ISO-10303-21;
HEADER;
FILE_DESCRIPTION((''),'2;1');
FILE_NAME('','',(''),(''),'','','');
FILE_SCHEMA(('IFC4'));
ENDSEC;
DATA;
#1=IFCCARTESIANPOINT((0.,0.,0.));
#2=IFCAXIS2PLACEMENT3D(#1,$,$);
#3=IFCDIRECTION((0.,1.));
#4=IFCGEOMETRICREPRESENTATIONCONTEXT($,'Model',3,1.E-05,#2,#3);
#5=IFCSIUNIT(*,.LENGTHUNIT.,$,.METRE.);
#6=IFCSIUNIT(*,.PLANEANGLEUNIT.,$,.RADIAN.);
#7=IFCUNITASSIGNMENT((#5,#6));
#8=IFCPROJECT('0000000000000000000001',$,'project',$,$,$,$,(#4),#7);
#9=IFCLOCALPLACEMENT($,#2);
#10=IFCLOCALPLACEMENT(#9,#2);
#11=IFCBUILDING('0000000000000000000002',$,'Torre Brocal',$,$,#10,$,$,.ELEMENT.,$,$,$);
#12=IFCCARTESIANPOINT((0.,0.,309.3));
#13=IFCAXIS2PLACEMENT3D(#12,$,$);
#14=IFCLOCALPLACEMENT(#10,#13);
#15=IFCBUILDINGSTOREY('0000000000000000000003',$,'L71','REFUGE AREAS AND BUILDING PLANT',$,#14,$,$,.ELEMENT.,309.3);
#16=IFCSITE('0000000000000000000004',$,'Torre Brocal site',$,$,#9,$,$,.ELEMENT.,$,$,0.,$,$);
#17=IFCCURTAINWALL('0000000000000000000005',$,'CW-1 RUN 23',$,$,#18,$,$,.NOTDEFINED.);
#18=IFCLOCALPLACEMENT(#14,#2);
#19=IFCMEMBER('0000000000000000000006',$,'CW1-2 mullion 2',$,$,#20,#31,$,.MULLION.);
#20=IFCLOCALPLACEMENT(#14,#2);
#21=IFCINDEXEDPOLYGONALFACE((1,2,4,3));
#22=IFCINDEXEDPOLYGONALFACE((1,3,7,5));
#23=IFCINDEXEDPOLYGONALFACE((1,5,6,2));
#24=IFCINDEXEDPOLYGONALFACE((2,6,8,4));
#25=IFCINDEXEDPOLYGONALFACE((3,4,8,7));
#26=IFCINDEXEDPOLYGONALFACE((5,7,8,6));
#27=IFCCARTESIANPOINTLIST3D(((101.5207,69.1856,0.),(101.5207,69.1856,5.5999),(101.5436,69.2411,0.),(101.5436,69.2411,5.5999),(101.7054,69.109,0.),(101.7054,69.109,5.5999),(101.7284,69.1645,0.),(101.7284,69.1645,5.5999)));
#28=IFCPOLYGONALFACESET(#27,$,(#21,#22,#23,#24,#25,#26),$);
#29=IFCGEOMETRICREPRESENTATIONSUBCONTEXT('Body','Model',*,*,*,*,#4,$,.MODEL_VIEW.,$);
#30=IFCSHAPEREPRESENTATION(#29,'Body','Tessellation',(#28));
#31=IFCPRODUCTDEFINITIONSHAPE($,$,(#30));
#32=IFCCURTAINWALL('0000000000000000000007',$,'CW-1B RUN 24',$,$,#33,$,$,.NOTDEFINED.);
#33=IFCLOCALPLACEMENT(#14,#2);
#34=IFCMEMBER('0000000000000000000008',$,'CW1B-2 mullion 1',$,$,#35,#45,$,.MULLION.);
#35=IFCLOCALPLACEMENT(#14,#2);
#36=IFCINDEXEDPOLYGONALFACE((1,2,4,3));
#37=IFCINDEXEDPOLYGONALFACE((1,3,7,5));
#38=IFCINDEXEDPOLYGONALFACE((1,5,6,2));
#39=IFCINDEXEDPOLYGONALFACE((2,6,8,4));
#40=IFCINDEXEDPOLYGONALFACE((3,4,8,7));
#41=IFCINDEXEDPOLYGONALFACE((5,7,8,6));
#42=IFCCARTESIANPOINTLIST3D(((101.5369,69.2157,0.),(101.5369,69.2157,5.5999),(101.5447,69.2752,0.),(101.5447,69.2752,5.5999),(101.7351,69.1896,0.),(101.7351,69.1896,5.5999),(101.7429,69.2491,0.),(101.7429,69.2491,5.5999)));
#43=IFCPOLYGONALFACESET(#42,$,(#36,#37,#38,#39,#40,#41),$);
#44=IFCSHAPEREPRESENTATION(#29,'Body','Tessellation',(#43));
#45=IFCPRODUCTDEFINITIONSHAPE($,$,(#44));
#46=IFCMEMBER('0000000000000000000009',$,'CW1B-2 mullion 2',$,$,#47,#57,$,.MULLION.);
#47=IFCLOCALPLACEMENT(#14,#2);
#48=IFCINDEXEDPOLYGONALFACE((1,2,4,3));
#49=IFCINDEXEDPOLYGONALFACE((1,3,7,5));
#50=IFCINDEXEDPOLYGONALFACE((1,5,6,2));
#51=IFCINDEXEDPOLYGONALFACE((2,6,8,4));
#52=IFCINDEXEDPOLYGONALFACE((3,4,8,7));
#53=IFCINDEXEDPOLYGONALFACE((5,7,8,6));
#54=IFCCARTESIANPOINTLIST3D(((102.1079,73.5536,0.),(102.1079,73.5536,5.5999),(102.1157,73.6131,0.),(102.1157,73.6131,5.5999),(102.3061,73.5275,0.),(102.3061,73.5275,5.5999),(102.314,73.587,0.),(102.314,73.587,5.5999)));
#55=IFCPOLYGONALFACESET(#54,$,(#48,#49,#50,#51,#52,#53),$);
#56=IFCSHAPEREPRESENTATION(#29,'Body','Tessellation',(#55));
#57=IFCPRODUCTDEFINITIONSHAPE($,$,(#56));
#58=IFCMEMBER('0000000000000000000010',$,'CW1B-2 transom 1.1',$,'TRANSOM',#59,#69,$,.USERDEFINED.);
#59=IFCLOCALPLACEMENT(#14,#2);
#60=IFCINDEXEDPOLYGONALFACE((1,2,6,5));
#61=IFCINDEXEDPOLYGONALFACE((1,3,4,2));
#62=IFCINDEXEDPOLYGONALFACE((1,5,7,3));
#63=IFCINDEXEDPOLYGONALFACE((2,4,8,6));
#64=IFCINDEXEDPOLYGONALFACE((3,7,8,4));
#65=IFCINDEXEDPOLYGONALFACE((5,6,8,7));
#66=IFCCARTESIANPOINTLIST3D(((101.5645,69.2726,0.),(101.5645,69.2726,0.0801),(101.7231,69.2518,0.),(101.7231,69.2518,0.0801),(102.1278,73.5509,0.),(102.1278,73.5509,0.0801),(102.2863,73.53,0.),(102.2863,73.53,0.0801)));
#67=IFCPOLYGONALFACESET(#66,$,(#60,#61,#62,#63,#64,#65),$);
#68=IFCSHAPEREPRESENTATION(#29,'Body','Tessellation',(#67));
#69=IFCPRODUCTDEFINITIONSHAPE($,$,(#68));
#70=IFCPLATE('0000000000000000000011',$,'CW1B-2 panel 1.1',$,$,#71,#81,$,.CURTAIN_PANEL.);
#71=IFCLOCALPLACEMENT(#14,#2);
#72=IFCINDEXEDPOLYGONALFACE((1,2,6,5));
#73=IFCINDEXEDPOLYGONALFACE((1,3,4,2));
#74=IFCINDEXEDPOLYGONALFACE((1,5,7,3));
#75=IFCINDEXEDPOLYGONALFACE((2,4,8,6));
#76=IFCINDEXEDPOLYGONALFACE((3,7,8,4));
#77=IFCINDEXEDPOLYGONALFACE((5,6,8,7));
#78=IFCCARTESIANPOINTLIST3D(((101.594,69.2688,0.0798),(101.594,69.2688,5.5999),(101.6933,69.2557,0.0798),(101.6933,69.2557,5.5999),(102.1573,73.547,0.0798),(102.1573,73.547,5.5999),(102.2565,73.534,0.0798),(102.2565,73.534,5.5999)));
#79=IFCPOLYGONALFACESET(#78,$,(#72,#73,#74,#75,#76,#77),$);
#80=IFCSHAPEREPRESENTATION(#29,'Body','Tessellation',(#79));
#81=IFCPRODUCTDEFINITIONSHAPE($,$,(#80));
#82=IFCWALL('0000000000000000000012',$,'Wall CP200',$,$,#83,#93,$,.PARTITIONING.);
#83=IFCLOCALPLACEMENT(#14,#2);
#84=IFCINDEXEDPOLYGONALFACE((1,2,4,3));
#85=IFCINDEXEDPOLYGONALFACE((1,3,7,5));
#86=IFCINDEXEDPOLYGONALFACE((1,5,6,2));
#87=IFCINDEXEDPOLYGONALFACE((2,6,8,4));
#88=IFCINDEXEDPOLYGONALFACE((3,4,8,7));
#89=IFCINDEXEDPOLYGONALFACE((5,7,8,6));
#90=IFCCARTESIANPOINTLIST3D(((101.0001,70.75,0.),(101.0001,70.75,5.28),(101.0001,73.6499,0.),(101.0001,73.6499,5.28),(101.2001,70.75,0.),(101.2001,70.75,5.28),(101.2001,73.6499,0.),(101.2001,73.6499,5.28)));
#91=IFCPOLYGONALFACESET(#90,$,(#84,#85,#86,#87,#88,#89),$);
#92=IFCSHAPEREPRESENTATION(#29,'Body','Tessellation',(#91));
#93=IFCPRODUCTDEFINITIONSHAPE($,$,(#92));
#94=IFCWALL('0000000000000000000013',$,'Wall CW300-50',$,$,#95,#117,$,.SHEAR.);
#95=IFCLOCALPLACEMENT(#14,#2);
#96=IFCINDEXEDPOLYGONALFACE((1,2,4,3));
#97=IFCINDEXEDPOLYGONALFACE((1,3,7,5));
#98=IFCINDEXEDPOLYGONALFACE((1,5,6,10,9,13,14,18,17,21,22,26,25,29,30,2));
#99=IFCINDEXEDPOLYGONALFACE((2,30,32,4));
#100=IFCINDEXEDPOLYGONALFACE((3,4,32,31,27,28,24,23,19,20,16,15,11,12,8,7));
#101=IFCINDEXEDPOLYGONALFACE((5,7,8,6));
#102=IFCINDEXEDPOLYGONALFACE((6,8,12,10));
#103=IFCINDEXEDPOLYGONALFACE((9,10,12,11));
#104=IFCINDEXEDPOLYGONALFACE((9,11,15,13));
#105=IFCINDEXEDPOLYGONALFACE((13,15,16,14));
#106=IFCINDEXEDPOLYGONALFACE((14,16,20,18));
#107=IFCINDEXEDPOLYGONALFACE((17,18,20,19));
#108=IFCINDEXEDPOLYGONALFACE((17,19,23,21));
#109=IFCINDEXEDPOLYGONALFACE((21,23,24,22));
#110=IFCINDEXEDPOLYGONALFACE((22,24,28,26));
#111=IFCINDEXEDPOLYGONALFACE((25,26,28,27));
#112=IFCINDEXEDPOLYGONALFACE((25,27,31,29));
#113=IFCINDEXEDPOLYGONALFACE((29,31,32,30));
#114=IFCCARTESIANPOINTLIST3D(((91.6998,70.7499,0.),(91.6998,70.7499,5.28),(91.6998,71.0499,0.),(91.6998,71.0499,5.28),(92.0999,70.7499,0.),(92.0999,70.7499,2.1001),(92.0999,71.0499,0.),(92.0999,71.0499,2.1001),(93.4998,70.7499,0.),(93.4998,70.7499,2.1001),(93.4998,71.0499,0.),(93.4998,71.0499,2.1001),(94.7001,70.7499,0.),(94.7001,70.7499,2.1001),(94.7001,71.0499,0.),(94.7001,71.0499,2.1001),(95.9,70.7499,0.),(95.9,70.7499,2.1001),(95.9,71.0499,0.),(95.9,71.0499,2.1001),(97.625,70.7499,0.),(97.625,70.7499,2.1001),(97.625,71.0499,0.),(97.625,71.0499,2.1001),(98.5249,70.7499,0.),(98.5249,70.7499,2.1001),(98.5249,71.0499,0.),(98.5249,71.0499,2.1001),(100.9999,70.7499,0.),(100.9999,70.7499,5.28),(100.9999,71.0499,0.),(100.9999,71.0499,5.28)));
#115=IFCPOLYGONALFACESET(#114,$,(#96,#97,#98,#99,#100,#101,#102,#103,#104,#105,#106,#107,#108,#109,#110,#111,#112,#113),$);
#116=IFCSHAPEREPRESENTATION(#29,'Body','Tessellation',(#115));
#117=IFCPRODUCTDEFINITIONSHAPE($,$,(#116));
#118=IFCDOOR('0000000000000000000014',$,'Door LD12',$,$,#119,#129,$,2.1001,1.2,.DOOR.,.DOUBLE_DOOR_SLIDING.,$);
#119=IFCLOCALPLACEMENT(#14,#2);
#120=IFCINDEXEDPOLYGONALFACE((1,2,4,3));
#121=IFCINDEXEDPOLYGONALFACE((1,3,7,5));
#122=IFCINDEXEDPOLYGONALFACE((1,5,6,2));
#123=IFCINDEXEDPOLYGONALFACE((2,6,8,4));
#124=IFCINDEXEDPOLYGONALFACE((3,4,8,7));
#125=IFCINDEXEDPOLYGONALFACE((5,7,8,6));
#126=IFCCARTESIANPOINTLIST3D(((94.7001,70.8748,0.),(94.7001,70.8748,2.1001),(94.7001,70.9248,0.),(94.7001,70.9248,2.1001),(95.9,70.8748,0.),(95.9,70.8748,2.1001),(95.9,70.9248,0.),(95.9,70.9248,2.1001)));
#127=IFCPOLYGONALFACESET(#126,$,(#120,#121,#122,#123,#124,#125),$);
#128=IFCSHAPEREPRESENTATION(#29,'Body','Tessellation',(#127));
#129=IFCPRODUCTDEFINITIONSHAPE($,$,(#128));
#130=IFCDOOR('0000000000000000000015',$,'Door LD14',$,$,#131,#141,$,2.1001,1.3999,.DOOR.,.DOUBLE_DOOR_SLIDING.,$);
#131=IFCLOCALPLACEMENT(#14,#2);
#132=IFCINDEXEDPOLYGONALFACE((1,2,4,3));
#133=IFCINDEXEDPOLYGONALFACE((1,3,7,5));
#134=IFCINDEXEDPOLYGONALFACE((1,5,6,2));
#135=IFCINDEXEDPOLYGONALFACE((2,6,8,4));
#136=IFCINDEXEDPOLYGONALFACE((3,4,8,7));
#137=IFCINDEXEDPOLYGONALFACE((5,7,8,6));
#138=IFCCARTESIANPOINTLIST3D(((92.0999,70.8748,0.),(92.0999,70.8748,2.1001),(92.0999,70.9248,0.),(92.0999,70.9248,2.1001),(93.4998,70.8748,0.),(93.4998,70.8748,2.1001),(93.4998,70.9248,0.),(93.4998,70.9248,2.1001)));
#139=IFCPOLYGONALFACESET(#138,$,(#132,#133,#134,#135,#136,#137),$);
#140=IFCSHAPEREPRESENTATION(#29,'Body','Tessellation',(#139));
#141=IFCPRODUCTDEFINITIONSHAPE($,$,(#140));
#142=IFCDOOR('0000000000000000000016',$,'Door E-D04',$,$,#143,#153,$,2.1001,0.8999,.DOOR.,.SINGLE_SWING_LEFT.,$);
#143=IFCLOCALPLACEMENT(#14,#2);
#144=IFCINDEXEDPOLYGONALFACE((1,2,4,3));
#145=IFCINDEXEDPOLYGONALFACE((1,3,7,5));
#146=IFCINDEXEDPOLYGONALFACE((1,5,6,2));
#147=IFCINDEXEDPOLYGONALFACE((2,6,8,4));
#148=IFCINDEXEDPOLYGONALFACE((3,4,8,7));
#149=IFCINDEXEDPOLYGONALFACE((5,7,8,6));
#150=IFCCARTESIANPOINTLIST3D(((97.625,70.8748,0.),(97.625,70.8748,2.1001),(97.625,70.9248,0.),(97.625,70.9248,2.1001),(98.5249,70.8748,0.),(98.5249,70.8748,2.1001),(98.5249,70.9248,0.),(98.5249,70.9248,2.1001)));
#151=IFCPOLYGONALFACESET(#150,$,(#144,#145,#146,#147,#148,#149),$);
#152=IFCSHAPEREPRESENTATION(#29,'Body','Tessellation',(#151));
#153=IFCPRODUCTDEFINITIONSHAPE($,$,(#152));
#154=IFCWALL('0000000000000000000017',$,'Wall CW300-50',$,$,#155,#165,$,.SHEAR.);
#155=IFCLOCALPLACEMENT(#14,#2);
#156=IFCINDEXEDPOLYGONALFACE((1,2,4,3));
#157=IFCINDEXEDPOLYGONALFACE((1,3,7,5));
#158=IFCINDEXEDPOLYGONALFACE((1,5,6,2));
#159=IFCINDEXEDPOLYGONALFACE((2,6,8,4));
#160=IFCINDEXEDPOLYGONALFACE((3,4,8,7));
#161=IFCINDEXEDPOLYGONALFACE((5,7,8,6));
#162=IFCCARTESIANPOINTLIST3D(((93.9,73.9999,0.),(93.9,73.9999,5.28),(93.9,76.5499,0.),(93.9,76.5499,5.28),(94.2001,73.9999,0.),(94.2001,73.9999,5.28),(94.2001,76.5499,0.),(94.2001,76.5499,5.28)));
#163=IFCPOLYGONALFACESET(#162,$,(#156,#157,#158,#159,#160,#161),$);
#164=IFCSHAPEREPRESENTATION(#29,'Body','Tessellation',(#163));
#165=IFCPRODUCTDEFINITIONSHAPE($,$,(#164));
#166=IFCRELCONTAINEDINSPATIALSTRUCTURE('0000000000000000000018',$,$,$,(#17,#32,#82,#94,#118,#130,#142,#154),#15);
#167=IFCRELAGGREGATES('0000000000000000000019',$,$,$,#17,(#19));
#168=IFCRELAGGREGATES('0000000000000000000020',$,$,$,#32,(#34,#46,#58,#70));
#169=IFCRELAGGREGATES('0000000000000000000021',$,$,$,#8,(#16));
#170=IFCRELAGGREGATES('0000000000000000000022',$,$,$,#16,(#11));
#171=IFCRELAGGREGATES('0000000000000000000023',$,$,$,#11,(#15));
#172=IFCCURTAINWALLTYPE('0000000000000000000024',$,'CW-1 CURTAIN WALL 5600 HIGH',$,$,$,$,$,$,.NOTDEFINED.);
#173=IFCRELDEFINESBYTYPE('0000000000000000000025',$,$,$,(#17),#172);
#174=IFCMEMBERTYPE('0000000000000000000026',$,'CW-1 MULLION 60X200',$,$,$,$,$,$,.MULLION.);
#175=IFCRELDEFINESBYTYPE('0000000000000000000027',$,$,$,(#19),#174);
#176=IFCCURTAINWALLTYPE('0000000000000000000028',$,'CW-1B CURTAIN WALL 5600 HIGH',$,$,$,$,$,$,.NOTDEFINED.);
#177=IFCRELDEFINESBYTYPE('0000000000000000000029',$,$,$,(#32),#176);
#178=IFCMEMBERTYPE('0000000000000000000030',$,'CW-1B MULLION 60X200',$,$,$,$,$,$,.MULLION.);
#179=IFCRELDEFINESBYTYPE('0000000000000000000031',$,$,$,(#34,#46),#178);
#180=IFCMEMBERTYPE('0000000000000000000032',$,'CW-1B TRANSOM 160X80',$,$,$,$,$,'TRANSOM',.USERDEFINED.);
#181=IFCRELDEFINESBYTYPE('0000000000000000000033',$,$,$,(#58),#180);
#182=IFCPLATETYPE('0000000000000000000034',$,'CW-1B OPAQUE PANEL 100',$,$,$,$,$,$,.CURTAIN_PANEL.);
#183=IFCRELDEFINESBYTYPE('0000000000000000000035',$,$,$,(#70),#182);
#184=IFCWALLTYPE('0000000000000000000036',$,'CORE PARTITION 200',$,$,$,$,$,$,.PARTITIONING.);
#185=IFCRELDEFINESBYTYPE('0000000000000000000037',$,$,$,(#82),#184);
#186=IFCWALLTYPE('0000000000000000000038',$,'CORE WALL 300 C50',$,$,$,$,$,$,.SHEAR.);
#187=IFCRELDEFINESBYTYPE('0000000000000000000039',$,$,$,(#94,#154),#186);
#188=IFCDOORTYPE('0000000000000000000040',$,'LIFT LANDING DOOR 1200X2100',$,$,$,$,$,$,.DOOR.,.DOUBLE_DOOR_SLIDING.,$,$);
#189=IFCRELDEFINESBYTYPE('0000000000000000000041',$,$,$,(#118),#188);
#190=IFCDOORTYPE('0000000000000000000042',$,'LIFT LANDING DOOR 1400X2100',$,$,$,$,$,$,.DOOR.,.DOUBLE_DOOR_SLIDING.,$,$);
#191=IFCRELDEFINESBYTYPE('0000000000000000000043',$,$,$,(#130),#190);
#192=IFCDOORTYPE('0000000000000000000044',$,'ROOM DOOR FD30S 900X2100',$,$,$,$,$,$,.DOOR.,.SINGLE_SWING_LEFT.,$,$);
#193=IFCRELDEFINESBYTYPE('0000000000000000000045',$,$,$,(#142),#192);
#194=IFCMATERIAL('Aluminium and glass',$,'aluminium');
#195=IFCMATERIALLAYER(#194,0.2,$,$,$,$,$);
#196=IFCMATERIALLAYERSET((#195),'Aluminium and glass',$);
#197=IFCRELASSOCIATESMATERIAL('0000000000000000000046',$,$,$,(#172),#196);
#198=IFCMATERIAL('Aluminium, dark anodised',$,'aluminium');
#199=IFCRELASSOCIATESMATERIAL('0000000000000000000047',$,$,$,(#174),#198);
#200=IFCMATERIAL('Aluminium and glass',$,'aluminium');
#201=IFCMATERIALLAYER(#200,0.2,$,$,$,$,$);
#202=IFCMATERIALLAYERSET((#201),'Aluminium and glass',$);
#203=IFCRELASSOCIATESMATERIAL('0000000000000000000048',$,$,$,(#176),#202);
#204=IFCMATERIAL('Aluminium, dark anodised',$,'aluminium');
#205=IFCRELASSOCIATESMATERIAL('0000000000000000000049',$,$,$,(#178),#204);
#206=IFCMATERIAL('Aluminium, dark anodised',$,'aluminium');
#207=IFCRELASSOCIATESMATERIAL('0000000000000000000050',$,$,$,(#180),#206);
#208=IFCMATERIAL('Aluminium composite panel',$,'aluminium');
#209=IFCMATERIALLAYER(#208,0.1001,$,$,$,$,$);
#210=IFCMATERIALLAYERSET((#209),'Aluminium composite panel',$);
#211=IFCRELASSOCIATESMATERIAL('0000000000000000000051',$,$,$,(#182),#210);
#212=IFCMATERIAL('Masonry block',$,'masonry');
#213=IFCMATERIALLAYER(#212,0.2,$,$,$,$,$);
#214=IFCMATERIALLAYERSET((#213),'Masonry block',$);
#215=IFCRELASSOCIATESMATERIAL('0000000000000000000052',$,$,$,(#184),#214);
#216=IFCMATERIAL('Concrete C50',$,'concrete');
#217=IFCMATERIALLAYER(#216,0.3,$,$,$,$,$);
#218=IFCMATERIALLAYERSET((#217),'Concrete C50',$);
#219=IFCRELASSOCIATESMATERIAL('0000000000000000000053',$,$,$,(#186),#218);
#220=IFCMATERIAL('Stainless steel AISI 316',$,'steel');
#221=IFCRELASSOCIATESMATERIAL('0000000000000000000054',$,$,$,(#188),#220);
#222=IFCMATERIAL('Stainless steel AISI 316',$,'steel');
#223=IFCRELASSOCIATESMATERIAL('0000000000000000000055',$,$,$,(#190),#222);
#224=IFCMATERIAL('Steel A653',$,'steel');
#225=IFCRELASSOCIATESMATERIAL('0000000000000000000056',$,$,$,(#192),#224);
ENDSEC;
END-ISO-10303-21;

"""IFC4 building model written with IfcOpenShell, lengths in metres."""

from ifc_helpers import new_model, si_unit, direction, frame, frame_2d, origin, origin_2d, place, context, subcontext, project, spatial, rectangle, extrude, material, layer, layer_set, material_profile, profile_set, type_object, element, fill, aggregate, save


model = new_model("IFC4")

# Units and contexts
model_context = context("Model", 3, precision=1e-05, world=origin(), true_north=direction((0.0, 1.0)))
body_context = subcontext(model_context, "Body", "Model", "MODEL_VIEW")
ifc_project = project(units=[si_unit("LENGTHUNIT", "METRE"), si_unit("PLANEANGLEUNIT", "RADIAN")], contexts=[model_context])

# Site, building, storey
site_placement = place(None, origin())
site = spatial("IfcSite", under=ifc_project, at=site_placement, Name="Torre Brocal site", CompositionType="ELEMENT", RefElevation=0.0)
building_placement = place(site_placement, origin())
building = spatial("IfcBuilding", under=site, at=building_placement, Name="Torre Brocal", CompositionType="ELEMENT")
storey_placement = place(building_placement, frame((0.0, 0.0, 309.3)))
storey = spatial("IfcBuildingStorey", under=building, at=storey_placement, Name="L71", Description="REFUGE AREAS AND BUILDING PLANT", CompositionType="ELEMENT", Elevation=309.3)

# Curtain wall, member
ifc_material_1 = material(Name="Aluminium and glass", Category="aluminium")
ifc_layer_1 = layer(ifc_material_1, 0.2)
ifc_layer_set_1 = layer_set([ifc_layer_1], Name="Aluminium and glass")
curtain_wall_type_1 = type_object("IfcCurtainWallType", Name="CW-1 CURTAIN WALL 5600 HIGH", PredefinedType="NOTDEFINED", material=ifc_layer_set_1)
curtain_wall_1_placement = place(storey_placement, origin())
curtain_wall_1 = element("IfcCurtainWall", 1, at=curtain_wall_1_placement, inside=storey, type_object=curtain_wall_type_1, Name="CW-1 RUN 23", PredefinedType="NOTDEFINED")
ifc_material_2 = material(Name="Aluminium, dark anodised", Category="aluminium")
ifc_material_profile_1 = material_profile(ifc_material_2, rectangle(XDim=0.2, YDim=0.0601, at=origin_2d()), Name="CW-1 MULLION 60X200")
ifc_profile_set_1 = profile_set([ifc_material_profile_1], Name="Aluminium, dark anodised")
member_type_1 = type_object("IfcMemberType", Name="CW-1 MULLION 60X200", PredefinedType="MULLION", material=ifc_profile_set_1)
member_1_placement = place(storey_placement, frame((101.6245, 69.175, 0.0), z_axis=(0.0, 0.0, 1.0), x_axis=(-0.92388, 0.382683, 0.0)))
member_1 = element("IfcMember", 2, at=member_1_placement, type_object=member_type_1, Name="CW1-2 mullion 2", PredefinedType="MULLION", context=body_context, shape_type="SweptSolid", body=[
    extrude(rectangle(XDim=0.2, YDim=0.0601, at=origin_2d()), origin(), (0.0, 0.0, 1.0), 5.5999),
])
aggregate(curtain_wall_1, [member_1])

# Curtain wall, members, plate
ifc_material_3 = material(Name="Aluminium and glass", Category="aluminium")
ifc_layer_2 = layer(ifc_material_3, 0.2)
ifc_layer_set_2 = layer_set([ifc_layer_2], Name="Aluminium and glass")
curtain_wall_type_2 = type_object("IfcCurtainWallType", Name="CW-1B CURTAIN WALL 5600 HIGH", PredefinedType="NOTDEFINED", material=ifc_layer_set_2)
curtain_wall_2_placement = place(storey_placement, origin())
curtain_wall_2 = element("IfcCurtainWall", 3, at=curtain_wall_2_placement, inside=storey, type_object=curtain_wall_type_2, Name="CW-1B RUN 24", PredefinedType="NOTDEFINED")
ifc_material_4 = material(Name="Aluminium, dark anodised", Category="aluminium")
ifc_material_profile_2 = material_profile(ifc_material_4, rectangle(XDim=0.2, YDim=0.0601, at=origin_2d()), Name="CW-1B MULLION 60X200")
ifc_profile_set_2 = profile_set([ifc_material_profile_2], Name="Aluminium, dark anodised")
member_type_2 = type_object("IfcMemberType", Name="CW-1B MULLION 60X200", PredefinedType="MULLION", material=ifc_profile_set_2)
member_2_placement = place(storey_placement, frame((101.6399, 69.2324, 0.0), z_axis=(0.0, 0.0, 1.0), x_axis=(-0.991445, 0.130526, 0.0)))
member_2 = element("IfcMember", 4, at=member_2_placement, type_object=member_type_2, Name="CW1B-2 mullion 1", PredefinedType="MULLION", context=body_context, shape_type="SweptSolid", body=[
    extrude(rectangle(XDim=0.2, YDim=0.0601, at=origin_2d()), origin(), (0.0, 0.0, 1.0), 5.5999),
])
member_3_placement = place(storey_placement, frame((102.2109, 73.5703, 0.0), z_axis=(0.0, 0.0, 1.0), x_axis=(-0.991445, 0.130526, 0.0)))
member_3 = element("IfcMember", 5, at=member_3_placement, type_object=member_type_2, Name="CW1B-2 mullion 2", PredefinedType="MULLION", context=body_context, shape_type="SweptSolid", body=[
    extrude(rectangle(XDim=0.2, YDim=0.0601, at=origin_2d()), origin(), (0.0, 0.0, 1.0), 5.5999),
])
ifc_material_5 = material(Name="Aluminium, dark anodised", Category="aluminium")
ifc_material_profile_3 = material_profile(ifc_material_5, rectangle(XDim=0.1599, YDim=0.0801, at=origin_2d()), Name="CW-1B TRANSOM 160X80")
ifc_profile_set_3 = profile_set([ifc_material_profile_3], Name="Aluminium, dark anodised")
member_type_3 = type_object("IfcMemberType", Name="CW-1B TRANSOM 160X80", ElementType="TRANSOM", PredefinedType="USERDEFINED", material=ifc_profile_set_3)
member_4_placement = place(storey_placement, frame((101.6438, 69.2622, 0.04), z_axis=(0.130522, 0.991445, 0.0), x_axis=(-0.991445, 0.130522, 0.0)))
member_4 = element("IfcMember", 6, at=member_4_placement, type_object=member_type_3, Name="CW1B-2 transom 1.1", ObjectType="TRANSOM", PredefinedType="USERDEFINED", context=body_context, shape_type="SweptSolid", body=[
    extrude(rectangle(XDim=0.1599, YDim=0.0801, at=origin_2d()), origin(), (0.0, 0.0, 1.0), 4.3152),
])
ifc_material_6 = material(Name="Aluminium composite panel", Category="aluminium")
ifc_layer_3 = layer(ifc_material_6, 0.1001)
ifc_layer_set_3 = layer_set([ifc_layer_3], Name="Aluminium composite panel")
plate_type = type_object("IfcPlateType", Name="CW-1B OPAQUE PANEL 100", PredefinedType="CURTAIN_PANEL", material=ifc_layer_set_3)
plate_placement = place(storey_placement, frame((101.9253, 71.4014, 0.0798), z_axis=(0.0, 0.0, 1.0), x_axis=(0.130526, 0.991445, 0.0)))
plate = element("IfcPlate", 7, at=plate_placement, type_object=plate_type, Name="CW1B-2 panel 1.1", PredefinedType="CURTAIN_PANEL", context=body_context, shape_type="SweptSolid", body=[
    extrude(rectangle(XDim=4.3152, YDim=0.1001, at=origin_2d()), origin(), (0.0, 0.0, 1.0), 5.52),
])
aggregate(curtain_wall_2, [member_2, member_3, member_4, plate])

# Wall
ifc_material_7 = material(Name="Masonry block", Category="masonry")
ifc_layer_4 = layer(ifc_material_7, 0.2)
ifc_layer_set_4 = layer_set([ifc_layer_4], Name="Masonry block")
wall_type_1 = type_object("IfcWallType", Name="CORE PARTITION 200", PredefinedType="PARTITIONING", material=ifc_layer_set_4)
wall_1_placement = place(storey_placement, frame((101.1001, 70.75, 0.0), z_axis=(0.0, 0.0, 1.0), x_axis=(0.0, 1.0, 0.0)))
element("IfcWall", 8, at=wall_1_placement, inside=storey, type_object=wall_type_1, Name="Wall CP200", PredefinedType="PARTITIONING", context=body_context, shape_type="SweptSolid", body=[
    extrude(rectangle(XDim=2.8999, YDim=0.2, at=frame_2d((1.45, 0.0))), origin(), (0.0, 0.0, 1.0), 5.28),
])

# Wall, openings, doors
ifc_material_8 = material(Name="Concrete C50", Category="concrete")
ifc_layer_5 = layer(ifc_material_8, 0.3)
ifc_layer_set_5 = layer_set([ifc_layer_5], Name="Concrete C50")
wall_type_2 = type_object("IfcWallType", Name="CORE WALL 300 C50", PredefinedType="SHEAR", material=ifc_layer_set_5)
wall_2_placement = place(storey_placement, frame((91.7, 70.8999, 0.0), z_axis=(0.0, 0.0, 1.0), x_axis=(1.0, 0.0, 0.0)))
wall_2 = element("IfcWall", 9, at=wall_2_placement, inside=storey, type_object=wall_type_2, Name="Wall CW300-50", PredefinedType="SHEAR", context=body_context, shape_type="SweptSolid", body=[
    extrude(rectangle(XDim=9.3, YDim=0.3, at=frame_2d((4.6499, 0.0))), origin(), (0.0, 0.0, 1.0), 5.28),
])
opening_1_placement = place(wall_2_placement, frame((0.3999, 0.0, 0.0)))
opening_1 = element("IfcOpeningElement", 10, at=opening_1_placement, cuts=wall_2, PredefinedType="OPENING", context=body_context, shape_type="SweptSolid", body=[
    extrude(rectangle(XDim=1.3999, YDim=2.1001, at=frame_2d((0.7, 1.05))), frame((0.0, 0.1599, 0.0), z_axis=(0.0, -1.0, 0.0), x_axis=(1.0, 0.0, 0.0)), (0.0, 0.0, 1.0), 0.3201),
])
opening_2_placement = place(wall_2_placement, frame((3.0, 0.0, 0.0)))
opening_2 = element("IfcOpeningElement", 11, at=opening_2_placement, cuts=wall_2, PredefinedType="OPENING", context=body_context, shape_type="SweptSolid", body=[
    extrude(rectangle(XDim=1.2, YDim=2.1001, at=frame_2d((0.6001, 1.05))), frame((0.0, 0.1599, 0.0), z_axis=(0.0, -1.0, 0.0), x_axis=(1.0, 0.0, 0.0)), (0.0, 0.0, 1.0), 0.3201),
])
opening_3_placement = place(wall_2_placement, frame((5.925, 0.0, 0.0)))
opening_3 = element("IfcOpeningElement", 12, at=opening_3_placement, cuts=wall_2, PredefinedType="OPENING", context=body_context, shape_type="SweptSolid", body=[
    extrude(rectangle(XDim=0.8999, YDim=2.1001, at=frame_2d((0.45, 1.05))), frame((0.0, 0.1599, 0.0), z_axis=(0.0, -1.0, 0.0), x_axis=(1.0, 0.0, 0.0)), (0.0, 0.0, 1.0), 0.3201),
])
ifc_material_9 = material(Name="Stainless steel AISI 316", Category="steel")
door_type_1 = type_object("IfcDoorType", Name="LIFT LANDING DOOR 1200X2100", OperationType="DOUBLE_DOOR_SLIDING", PredefinedType="DOOR", material=ifc_material_9)
door_1_placement = place(opening_2_placement, origin())
door_1 = element("IfcDoor", 13, at=door_1_placement, inside=storey, type_object=door_type_1, Name="Door LD12", OperationType="DOUBLE_DOOR_SLIDING", OverallHeight=2.1001, OverallWidth=1.2, PredefinedType="DOOR", context=body_context, shape_type="SweptSolid", body=[
    extrude(rectangle(XDim=1.2, YDim=2.1001, at=frame_2d((0.6001, 1.05))), frame((0.0, 0.0249, 0.0), z_axis=(0.0, -1.0, 0.0), x_axis=(1.0, 0.0, 0.0)), (0.0, 0.0, 1.0), 0.05),
])
fill(opening_2, door_1)
ifc_material_10 = material(Name="Stainless steel AISI 316", Category="steel")
door_type_2 = type_object("IfcDoorType", Name="LIFT LANDING DOOR 1400X2100", OperationType="DOUBLE_DOOR_SLIDING", PredefinedType="DOOR", material=ifc_material_10)
door_2_placement = place(opening_1_placement, origin())
door_2 = element("IfcDoor", 14, at=door_2_placement, inside=storey, type_object=door_type_2, Name="Door LD14", OperationType="DOUBLE_DOOR_SLIDING", OverallHeight=2.1001, OverallWidth=1.3999, PredefinedType="DOOR", context=body_context, shape_type="SweptSolid", body=[
    extrude(rectangle(XDim=1.3999, YDim=2.1001, at=frame_2d((0.7, 1.05))), frame((0.0, 0.0249, 0.0), z_axis=(0.0, -1.0, 0.0), x_axis=(1.0, 0.0, 0.0)), (0.0, 0.0, 1.0), 0.05),
])
fill(opening_1, door_2)
ifc_material_11 = material(Name="Steel A653", Category="steel")
door_type_3 = type_object("IfcDoorType", Name="ROOM DOOR FD30S 900X2100", OperationType="SINGLE_SWING_LEFT", PredefinedType="DOOR", material=ifc_material_11)
door_3_placement = place(opening_3_placement, origin())
door_3 = element("IfcDoor", 15, at=door_3_placement, inside=storey, type_object=door_type_3, Name="Door E-D04", OperationType="SINGLE_SWING_LEFT", OverallHeight=2.1001, OverallWidth=0.8999, PredefinedType="DOOR", context=body_context, shape_type="SweptSolid", body=[
    extrude(rectangle(XDim=0.8999, YDim=2.1001, at=frame_2d((0.45, 1.05))), frame((0.0, 0.0249, 0.0), z_axis=(0.0, -1.0, 0.0), x_axis=(1.0, 0.0, 0.0)), (0.0, 0.0, 1.0), 0.05),
])
fill(opening_3, door_3)

# Wall
for number, where, z_axis, x_axis, name in (
    (16, (94.05, 74.0, 0.0), (0.0, 0.0, 1.0), (0.0, 1.0, 0.0), "Wall CW300-50"),
):
    element("IfcWall", number, at=place(storey_placement, frame(where, z_axis=z_axis, x_axis=x_axis)), inside=storey, type_object=wall_type_2, Name=name, PredefinedType="SHEAR", context=body_context, shape_type="SweptSolid", body=[
        extrude(rectangle(XDim=2.55, YDim=0.3, at=frame_2d((1.2749, 0.0))), origin(), (0.0, 0.0, 1.0), 5.28),
    ])

save(model, "model.ifc")
